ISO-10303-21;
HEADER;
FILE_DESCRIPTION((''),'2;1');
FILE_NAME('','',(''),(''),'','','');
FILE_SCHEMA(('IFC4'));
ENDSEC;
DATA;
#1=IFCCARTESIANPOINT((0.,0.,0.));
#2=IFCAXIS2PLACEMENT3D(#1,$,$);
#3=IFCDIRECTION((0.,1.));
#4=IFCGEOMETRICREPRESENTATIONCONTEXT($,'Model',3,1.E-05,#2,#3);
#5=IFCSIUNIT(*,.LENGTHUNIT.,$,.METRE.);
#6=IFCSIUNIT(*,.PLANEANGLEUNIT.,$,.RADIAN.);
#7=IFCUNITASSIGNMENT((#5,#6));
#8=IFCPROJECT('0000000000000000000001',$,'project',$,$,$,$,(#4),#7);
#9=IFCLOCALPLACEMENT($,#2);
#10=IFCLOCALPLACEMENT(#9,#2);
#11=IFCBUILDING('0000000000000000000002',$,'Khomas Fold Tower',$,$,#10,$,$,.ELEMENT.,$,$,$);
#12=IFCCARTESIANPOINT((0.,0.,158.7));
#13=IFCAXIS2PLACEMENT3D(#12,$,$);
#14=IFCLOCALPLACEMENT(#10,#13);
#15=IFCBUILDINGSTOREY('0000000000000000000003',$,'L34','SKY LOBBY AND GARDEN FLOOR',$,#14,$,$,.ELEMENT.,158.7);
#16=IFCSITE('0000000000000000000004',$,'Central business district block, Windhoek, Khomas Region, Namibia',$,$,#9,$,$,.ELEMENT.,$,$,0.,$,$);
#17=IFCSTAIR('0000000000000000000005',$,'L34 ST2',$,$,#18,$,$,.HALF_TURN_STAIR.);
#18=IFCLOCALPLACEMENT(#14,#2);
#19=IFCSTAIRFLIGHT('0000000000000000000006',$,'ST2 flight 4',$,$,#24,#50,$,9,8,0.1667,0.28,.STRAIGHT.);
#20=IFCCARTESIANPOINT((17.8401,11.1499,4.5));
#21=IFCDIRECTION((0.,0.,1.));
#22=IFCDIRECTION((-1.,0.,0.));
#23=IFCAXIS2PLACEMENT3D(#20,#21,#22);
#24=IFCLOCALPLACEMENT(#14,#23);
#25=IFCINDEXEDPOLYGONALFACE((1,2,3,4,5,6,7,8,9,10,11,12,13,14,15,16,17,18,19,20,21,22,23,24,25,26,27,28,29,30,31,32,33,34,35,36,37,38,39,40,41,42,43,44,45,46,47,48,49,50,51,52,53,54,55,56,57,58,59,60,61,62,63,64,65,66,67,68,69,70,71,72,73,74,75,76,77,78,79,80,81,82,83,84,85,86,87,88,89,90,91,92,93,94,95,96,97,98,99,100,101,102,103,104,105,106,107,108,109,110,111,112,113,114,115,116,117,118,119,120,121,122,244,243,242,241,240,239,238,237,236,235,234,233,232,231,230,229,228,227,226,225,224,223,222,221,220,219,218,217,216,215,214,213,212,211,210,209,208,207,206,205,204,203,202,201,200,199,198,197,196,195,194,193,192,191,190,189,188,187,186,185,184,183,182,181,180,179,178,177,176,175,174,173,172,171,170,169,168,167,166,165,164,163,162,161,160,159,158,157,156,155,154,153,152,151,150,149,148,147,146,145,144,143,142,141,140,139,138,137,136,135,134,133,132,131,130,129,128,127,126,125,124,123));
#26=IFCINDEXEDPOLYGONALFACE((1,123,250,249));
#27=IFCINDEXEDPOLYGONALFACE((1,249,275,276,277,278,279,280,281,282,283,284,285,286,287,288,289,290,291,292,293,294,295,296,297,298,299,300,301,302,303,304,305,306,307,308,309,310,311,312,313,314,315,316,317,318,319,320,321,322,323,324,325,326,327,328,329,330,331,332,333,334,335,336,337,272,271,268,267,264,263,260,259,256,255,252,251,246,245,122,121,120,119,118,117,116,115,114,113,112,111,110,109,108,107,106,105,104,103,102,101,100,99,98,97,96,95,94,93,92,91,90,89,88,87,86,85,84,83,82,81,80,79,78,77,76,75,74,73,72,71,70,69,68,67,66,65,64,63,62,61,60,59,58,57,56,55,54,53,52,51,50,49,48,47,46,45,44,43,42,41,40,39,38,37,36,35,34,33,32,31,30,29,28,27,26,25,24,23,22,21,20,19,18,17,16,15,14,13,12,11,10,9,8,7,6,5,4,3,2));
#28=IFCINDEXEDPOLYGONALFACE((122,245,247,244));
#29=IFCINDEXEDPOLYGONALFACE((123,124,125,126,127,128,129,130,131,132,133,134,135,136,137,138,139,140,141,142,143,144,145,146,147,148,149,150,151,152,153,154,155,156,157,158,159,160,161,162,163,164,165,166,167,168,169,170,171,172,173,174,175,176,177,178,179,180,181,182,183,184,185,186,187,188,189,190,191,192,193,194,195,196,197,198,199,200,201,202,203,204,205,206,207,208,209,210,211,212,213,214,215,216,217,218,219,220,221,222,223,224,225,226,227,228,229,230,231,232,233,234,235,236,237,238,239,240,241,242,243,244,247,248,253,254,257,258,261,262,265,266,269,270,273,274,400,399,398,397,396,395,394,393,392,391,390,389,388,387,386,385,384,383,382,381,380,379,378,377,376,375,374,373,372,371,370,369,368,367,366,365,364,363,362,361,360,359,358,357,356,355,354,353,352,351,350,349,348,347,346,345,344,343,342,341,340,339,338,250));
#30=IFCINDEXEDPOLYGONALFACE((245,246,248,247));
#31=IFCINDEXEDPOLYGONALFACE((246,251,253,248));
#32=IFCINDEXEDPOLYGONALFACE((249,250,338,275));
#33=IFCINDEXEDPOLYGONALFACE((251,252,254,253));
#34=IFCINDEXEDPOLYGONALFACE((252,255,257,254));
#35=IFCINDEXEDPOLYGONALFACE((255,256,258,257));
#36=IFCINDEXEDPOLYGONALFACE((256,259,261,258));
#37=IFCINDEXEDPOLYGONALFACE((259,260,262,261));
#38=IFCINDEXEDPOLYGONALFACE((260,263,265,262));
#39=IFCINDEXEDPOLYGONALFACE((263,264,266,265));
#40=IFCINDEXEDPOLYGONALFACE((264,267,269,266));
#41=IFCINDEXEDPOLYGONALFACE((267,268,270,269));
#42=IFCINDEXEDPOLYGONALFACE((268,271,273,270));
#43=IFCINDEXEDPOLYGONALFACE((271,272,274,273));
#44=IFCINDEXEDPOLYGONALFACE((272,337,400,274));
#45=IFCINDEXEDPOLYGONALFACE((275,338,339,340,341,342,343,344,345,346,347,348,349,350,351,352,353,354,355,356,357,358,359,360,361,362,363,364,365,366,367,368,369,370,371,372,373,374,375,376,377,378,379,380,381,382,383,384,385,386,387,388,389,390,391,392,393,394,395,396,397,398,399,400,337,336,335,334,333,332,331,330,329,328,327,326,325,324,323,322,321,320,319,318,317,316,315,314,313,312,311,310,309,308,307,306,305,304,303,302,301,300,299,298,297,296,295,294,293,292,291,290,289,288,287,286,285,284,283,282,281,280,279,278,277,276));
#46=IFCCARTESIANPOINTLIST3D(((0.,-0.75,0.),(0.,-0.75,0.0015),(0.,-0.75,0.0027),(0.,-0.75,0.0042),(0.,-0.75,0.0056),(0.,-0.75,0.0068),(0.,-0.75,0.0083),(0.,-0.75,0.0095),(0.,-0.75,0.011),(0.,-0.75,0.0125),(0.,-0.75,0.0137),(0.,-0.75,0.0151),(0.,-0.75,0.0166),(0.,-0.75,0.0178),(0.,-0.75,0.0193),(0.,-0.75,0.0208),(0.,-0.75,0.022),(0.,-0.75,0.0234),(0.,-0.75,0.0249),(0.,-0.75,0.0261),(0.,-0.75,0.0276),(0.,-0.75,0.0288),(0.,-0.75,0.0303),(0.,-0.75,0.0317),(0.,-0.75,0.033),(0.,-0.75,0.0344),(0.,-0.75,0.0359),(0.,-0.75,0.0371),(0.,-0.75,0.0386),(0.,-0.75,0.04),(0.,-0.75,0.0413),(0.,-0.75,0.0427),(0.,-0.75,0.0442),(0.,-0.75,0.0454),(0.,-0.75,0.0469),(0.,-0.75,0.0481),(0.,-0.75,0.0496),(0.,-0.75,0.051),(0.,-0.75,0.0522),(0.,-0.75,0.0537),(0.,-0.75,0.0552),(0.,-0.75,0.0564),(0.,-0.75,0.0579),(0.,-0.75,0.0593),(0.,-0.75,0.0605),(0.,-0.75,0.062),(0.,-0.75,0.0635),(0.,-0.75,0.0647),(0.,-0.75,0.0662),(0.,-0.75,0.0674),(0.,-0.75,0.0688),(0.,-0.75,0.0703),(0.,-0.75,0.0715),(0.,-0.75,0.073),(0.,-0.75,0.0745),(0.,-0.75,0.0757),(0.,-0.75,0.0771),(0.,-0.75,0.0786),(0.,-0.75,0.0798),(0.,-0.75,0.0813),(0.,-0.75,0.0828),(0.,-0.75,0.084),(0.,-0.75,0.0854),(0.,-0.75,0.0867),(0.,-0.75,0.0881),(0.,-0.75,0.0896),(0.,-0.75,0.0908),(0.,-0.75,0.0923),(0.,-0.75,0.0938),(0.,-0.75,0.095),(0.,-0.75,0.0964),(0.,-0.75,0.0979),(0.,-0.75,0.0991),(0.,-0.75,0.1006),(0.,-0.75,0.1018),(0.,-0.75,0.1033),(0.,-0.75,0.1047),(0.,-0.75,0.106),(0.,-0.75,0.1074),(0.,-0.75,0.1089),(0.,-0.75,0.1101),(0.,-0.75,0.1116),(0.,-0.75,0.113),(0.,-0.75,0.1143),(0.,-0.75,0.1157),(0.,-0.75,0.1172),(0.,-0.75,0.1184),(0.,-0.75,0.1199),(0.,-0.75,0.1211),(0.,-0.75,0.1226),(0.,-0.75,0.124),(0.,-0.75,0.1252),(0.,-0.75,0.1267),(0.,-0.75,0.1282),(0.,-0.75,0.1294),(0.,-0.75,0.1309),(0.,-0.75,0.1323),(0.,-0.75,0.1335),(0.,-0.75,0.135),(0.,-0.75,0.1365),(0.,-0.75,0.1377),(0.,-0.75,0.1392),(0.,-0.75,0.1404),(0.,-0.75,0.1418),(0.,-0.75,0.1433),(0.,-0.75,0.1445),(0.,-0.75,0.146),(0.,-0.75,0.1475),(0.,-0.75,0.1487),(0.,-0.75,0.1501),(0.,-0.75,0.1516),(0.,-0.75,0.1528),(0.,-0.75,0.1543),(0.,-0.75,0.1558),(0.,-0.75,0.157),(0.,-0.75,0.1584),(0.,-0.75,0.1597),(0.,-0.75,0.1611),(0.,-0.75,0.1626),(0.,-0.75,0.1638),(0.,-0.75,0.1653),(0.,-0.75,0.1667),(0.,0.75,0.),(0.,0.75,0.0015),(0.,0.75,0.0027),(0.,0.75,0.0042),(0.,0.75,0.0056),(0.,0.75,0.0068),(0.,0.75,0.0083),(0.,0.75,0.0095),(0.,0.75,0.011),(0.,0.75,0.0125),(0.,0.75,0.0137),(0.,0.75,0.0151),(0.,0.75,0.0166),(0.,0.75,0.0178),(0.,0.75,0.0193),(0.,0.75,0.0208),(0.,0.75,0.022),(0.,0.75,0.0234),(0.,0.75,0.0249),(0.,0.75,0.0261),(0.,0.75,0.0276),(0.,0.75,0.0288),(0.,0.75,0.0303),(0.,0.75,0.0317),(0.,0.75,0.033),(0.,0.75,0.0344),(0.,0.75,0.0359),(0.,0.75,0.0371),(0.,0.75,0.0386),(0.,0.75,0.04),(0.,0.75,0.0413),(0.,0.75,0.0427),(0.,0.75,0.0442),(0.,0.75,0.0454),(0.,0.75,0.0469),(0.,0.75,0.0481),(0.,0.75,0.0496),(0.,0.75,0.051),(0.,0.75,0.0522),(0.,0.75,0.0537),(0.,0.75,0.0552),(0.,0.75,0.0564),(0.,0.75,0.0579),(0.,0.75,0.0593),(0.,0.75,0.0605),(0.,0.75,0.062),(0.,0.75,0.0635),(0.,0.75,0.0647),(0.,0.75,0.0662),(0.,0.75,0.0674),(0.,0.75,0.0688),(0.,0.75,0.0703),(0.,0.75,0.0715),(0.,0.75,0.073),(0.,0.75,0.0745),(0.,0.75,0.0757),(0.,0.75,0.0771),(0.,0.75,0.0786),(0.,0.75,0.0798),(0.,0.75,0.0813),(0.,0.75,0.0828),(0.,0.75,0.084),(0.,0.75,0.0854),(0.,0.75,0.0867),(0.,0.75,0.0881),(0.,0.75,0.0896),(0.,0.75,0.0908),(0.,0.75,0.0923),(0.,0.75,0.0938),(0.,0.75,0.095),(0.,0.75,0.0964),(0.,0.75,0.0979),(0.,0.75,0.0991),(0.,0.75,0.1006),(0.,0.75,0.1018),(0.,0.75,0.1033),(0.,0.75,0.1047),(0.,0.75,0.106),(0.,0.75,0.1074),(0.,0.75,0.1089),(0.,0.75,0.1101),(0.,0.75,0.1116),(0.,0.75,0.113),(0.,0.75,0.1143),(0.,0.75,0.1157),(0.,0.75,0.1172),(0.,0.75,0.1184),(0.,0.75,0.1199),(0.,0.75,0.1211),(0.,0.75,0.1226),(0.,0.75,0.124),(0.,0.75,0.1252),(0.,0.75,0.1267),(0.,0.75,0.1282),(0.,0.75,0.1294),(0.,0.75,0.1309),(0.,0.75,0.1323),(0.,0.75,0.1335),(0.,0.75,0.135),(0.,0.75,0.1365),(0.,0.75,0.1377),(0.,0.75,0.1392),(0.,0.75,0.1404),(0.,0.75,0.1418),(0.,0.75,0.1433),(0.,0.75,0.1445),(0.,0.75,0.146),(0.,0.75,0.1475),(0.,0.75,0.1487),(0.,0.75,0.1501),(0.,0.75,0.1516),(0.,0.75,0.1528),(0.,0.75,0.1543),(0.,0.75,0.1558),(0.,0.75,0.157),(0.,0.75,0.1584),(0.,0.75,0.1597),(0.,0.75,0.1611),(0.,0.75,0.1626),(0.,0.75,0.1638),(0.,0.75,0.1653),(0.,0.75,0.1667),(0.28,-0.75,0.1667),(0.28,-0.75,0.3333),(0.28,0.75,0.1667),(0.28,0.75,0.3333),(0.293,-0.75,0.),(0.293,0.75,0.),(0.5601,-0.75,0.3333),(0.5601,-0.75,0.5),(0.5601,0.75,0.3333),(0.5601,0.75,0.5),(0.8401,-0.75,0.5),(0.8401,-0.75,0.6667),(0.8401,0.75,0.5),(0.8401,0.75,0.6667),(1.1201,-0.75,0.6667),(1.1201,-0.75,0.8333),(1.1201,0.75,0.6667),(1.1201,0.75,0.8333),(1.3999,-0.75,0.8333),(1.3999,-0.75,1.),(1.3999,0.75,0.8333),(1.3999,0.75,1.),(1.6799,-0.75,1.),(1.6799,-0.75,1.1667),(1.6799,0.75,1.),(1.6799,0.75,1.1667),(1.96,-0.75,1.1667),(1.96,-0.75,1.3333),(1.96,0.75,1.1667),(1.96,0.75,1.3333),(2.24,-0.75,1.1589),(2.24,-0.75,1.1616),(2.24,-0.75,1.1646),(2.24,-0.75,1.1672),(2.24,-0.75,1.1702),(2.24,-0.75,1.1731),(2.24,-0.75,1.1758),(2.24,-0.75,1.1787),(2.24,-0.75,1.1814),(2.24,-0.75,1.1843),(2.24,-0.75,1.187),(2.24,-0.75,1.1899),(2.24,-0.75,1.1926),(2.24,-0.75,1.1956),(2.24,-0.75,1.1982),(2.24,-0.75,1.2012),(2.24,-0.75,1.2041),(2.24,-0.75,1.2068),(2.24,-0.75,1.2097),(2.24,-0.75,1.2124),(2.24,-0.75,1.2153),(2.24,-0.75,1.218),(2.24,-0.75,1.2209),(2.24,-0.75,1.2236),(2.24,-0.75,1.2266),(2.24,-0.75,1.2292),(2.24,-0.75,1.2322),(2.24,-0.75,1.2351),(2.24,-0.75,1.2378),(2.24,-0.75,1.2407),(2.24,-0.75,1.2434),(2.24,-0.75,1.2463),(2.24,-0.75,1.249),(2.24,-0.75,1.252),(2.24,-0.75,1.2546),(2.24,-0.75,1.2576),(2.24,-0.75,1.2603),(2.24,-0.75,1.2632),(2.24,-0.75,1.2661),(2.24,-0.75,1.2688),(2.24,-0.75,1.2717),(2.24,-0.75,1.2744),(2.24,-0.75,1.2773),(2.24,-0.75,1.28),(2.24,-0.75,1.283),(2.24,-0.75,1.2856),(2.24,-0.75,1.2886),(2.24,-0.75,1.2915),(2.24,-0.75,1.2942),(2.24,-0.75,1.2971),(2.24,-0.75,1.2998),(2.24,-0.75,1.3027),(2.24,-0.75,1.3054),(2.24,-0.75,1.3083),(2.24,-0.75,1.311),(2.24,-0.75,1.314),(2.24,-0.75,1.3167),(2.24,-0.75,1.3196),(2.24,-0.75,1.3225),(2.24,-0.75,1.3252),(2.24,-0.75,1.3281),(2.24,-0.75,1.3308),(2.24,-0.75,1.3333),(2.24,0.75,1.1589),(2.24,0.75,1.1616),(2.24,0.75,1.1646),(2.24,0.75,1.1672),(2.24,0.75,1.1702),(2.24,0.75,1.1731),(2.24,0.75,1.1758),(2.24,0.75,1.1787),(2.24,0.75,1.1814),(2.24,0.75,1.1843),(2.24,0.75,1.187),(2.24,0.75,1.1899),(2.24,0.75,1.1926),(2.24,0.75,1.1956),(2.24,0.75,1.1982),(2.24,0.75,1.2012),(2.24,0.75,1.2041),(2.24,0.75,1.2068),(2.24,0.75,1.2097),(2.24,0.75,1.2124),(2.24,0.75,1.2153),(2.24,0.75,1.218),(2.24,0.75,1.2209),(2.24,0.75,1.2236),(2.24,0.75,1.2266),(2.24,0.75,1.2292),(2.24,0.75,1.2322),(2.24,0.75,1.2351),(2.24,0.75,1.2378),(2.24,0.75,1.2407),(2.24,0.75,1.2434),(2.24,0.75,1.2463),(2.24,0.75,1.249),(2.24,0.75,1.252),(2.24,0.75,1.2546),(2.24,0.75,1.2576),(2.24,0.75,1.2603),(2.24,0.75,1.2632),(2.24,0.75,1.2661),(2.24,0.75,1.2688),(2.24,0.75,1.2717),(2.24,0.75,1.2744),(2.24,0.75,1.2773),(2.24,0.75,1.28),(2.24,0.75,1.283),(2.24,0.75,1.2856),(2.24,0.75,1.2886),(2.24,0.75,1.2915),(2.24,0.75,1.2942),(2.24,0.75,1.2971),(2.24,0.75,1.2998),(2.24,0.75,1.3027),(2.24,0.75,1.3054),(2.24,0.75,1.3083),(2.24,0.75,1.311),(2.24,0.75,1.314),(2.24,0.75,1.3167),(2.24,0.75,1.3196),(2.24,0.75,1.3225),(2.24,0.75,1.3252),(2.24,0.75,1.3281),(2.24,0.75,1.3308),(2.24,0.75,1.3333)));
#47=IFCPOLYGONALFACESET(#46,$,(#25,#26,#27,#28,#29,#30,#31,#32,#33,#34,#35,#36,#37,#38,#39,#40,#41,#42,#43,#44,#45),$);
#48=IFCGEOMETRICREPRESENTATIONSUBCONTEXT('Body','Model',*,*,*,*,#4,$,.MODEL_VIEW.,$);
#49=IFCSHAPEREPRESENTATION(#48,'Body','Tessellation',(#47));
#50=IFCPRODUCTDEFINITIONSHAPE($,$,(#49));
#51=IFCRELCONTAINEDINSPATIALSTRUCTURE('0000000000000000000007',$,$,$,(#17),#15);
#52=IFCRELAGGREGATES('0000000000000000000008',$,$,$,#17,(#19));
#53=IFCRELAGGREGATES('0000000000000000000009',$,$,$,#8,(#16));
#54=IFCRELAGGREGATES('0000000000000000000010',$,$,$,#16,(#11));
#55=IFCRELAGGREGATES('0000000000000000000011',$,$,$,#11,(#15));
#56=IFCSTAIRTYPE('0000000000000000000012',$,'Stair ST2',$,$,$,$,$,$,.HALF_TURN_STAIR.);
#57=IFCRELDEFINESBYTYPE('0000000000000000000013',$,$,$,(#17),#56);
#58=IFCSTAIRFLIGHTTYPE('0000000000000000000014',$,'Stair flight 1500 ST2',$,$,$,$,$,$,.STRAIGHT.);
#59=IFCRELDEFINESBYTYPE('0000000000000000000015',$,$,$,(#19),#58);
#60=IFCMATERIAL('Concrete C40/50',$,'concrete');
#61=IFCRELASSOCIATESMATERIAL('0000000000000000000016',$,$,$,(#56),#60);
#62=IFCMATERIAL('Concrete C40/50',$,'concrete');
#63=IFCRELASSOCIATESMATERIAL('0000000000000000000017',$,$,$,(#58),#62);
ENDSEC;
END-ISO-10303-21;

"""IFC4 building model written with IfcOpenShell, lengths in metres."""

from ifc_helpers import new_model, si_unit, direction, frame, origin, place, context, subcontext, project, spatial, polyline, outline, extrude, source, transform, mapped, material, type_object, element, aggregate, save


model = new_model("IFC4")

# Units and contexts
model_context = context("Model", 3, precision=1e-05, world=origin(), true_north=direction((0.0, 1.0)))
body_context = subcontext(model_context, "Body", "Model", "MODEL_VIEW")
ifc_project = project(units=[si_unit("LENGTHUNIT", "METRE"), si_unit("PLANEANGLEUNIT", "RADIAN")], contexts=[model_context])

# Site, building, storey
site_placement = place(None, origin())
site = spatial("IfcSite", under=ifc_project, at=site_placement, Name="Central business district block, Windhoek, Khomas Region, Namibia", CompositionType="ELEMENT", RefElevation=0.0)
building_placement = place(site_placement, origin())
building = spatial("IfcBuilding", under=site, at=building_placement, Name="Khomas Fold Tower", CompositionType="ELEMENT")
storey_placement = place(building_placement, frame((0.0, 0.0, 158.7)))
storey = spatial("IfcBuildingStorey", under=building, at=storey_placement, Name="L34", Description="SKY LOBBY AND GARDEN FLOOR", CompositionType="ELEMENT", Elevation=158.7)

# Stair, stair flight
ifc_material_1 = material(Name="Concrete C40/50", Category="concrete")
stair_type = type_object("IfcStairType", Name="Stair ST2", PredefinedType="HALF_TURN_STAIR", material=ifc_material_1)
stair_placement = place(storey_placement, origin())
stair = element("IfcStair", 1, at=stair_placement, inside=storey, type_object=stair_type, Name="L34 ST2", PredefinedType="HALF_TURN_STAIR")
ifc_material_2 = material(Name="Concrete C40/50", Category="concrete")
stair_flight_type = type_object("IfcStairFlightType", Name="Stair flight 1500 ST2", PredefinedType="STRAIGHT", material=ifc_material_2)
shared_shape_1 = source(origin(), body_context, "Body", "SweptSolid", [
    extrude(outline(polyline([(0.0, 0.0), (0.0, 0.0015), (0.0, 0.0027), (0.0, 0.0042), (0.0, 0.0056), (0.0, 0.0068), (0.0, 0.0083), (0.0, 0.0095), (0.0, 0.011), (0.0, 0.0125), (0.0, 0.0137), (0.0, 0.0151), (0.0, 0.0166), (0.0, 0.0178), (0.0, 0.0193), (0.0, 0.0208), (0.0, 0.022), (0.0, 0.0234), (0.0, 0.0249), (0.0, 0.0261), (0.0, 0.0276), (0.0, 0.0288), (0.0, 0.0303), (0.0, 0.0317), (0.0, 0.033), (0.0, 0.0344), (0.0, 0.0359), (0.0, 0.0371), (0.0, 0.0386), (0.0, 0.04), (0.0, 0.0413), (0.0, 0.0427), (0.0, 0.0442), (0.0, 0.0454), (0.0, 0.0469), (0.0, 0.0481), (0.0, 0.0496), (0.0, 0.051), (0.0, 0.0522), (0.0, 0.0537), (0.0, 0.0552), (0.0, 0.0564), (0.0, 0.0579), (0.0, 0.0593), (0.0, 0.0605), (0.0, 0.062), (0.0, 0.0635), (0.0, 0.0647), (0.0, 0.0662), (0.0, 0.0674), (0.0, 0.0688), (0.0, 0.0703), (0.0, 0.0715), (0.0, 0.073), (0.0, 0.0745), (0.0, 0.0757), (0.0, 0.0771), (0.0, 0.0786), (0.0, 0.0798), (0.0, 0.0813), (0.0, 0.0828), (0.0, 0.084), (0.0, 0.0854), (0.0, 0.0867), (0.0, 0.0881), (0.0, 0.0896), (0.0, 0.0908), (0.0, 0.0923), (0.0, 0.0938), (0.0, 0.095), (0.0, 0.0964), (0.0, 0.0979), (0.0, 0.0991), (0.0, 0.1006), (0.0, 0.1018), (0.0, 0.1033), (0.0, 0.1047), (0.0, 0.106), (0.0, 0.1074), (0.0, 0.1089), (0.0, 0.1101), (0.0, 0.1116), (0.0, 0.113), (0.0, 0.1143), (0.0, 0.1157), (0.0, 0.1172), (0.0, 0.1184), (0.0, 0.1199), (0.0, 0.1211), (0.0, 0.1226), (0.0, 0.124), (0.0, 0.1252), (0.0, 0.1267), (0.0, 0.1282), (0.0, 0.1294), (0.0, 0.1309), (0.0, 0.1323), (0.0, 0.1335), (0.0, 0.135), (0.0, 0.1365), (0.0, 0.1377), (0.0, 0.1392), (0.0, 0.1404), (0.0, 0.1418), (0.0, 0.1433), (0.0, 0.1445), (0.0, 0.146), (0.0, 0.1475), (0.0, 0.1487), (0.0, 0.1501), (0.0, 0.1516), (0.0, 0.1528), (0.0, 0.1543), (0.0, 0.1558), (0.0, 0.157), (0.0, 0.1584), (0.0, 0.1597), (0.0, 0.1611), (0.0, 0.1626), (0.0, 0.1638), (0.0, 0.1653), (0.0, 0.1667), (0.28, 0.1667), (0.28, 0.3333), (0.5601, 0.3333), (0.5601, 0.5), (0.8401, 0.5), (0.8401, 0.6667), (1.1201, 0.6667), (1.1201, 0.8333), (1.3999, 0.8333), (1.3999, 1.0), (1.6799, 1.0), (1.6799, 1.1667), (1.96, 1.1667), (1.96, 1.3333), (2.24, 1.3333), (2.24, 1.5), (2.24, 1.4971), (2.24, 1.4944), (2.24, 1.4915), (2.24, 1.4888), (2.24, 1.4858), (2.24, 1.4832), (2.24, 1.4802), (2.24, 1.4775), (2.24, 1.4746), (2.24, 1.4719), (2.24, 1.469), (2.24, 1.4661), (2.24, 1.4634), (2.24, 1.4604), (2.24, 1.4578), (2.24, 1.4548), (2.24, 1.4521), (2.24, 1.4492), (2.24, 1.4465), (2.24, 1.4436), (2.24, 1.4409), (2.24, 1.438), (2.24, 1.4351), (2.24, 1.4324), (2.24, 1.4294), (2.24, 1.4268), (2.24, 1.4238), (2.24, 1.4211), (2.24, 1.4182), (2.24, 1.4155), (2.24, 1.4126), (2.24, 1.4097), (2.24, 1.407), (2.24, 1.4041), (2.24, 1.4014), (2.24, 1.3984), (2.24, 1.3958), (2.24, 1.3928), (2.24, 1.3901), (2.24, 1.3872), (2.24, 1.3845), (2.24, 1.3816), (2.24, 1.3787), (2.24, 1.376), (2.24, 1.373), (2.24, 1.3704), (2.24, 1.3674), (2.24, 1.3647), (2.24, 1.3618), (2.24, 1.3591), (2.24, 1.3562), (2.24, 1.3535), (2.24, 1.3506), (2.24, 1.3477), (2.24, 1.345), (2.24, 1.342), (2.24, 1.3394), (2.24, 1.3364), (2.24, 1.3337), (2.24, 1.3308), (2.24, 1.3281), (2.24, 1.3252), (2.24, 1.3225), (2.24, 1.3196), (2.24, 1.3167), (2.24, 1.314), (2.24, 1.311), (2.24, 1.3083), (2.24, 1.3054), (2.24, 1.3027), (2.24, 1.2998), (2.24, 1.2971), (2.24, 1.2942), (2.24, 1.2915), (2.24, 1.2886), (2.24, 1.2856), (2.24, 1.283), (2.24, 1.28), (2.24, 1.2773), (2.24, 1.2744), (2.24, 1.2717), (2.24, 1.2688), (2.24, 1.2661), (2.24, 1.2632), (2.24, 1.2603), (2.24, 1.2576), (2.24, 1.2546), (2.24, 1.252), (2.24, 1.249), (2.24, 1.2463), (2.24, 1.2434), (2.24, 1.2407), (2.24, 1.2378), (2.24, 1.2351), (2.24, 1.2322), (2.24, 1.2292), (2.24, 1.2266), (2.24, 1.2236), (2.24, 1.2209), (2.24, 1.218), (2.24, 1.2153), (2.24, 1.2124), (2.24, 1.2097), (2.24, 1.2068), (2.24, 1.2041), (2.24, 1.2012), (2.24, 1.1982), (2.24, 1.1956), (2.24, 1.1926), (2.24, 1.1899), (2.24, 1.187), (2.24, 1.1843), (2.24, 1.1814), (2.24, 1.1787), (2.24, 1.1758), (2.24, 1.1731), (2.24, 1.1702), (2.24, 1.1672), (2.24, 1.1646), (2.24, 1.1616), (2.24, 1.1589), (0.293, 0.0), (0.0, 0.0)])), frame((0.0, 0.75, 0.0), z_axis=(0.0, -1.0, 0.0), x_axis=(1.0, 0.0, 0.0)), (0.0, 0.0, 1.0), 1.5),
])
stair_flight_1_placement = place(storey_placement, frame((17.8401, 11.1499, 4.5), z_axis=(0.0, 0.0, 1.0), x_axis=(-1.0, 0.0, 0.0)))
stair_flight_1 = element("IfcStairFlight", 2, at=stair_flight_1_placement, type_object=stair_flight_type, Name="ST2 flight 4", NumberOfRisers=9, NumberOfTreads=8, PredefinedType="STRAIGHT", RiserHeight=0.1667, TreadLength=0.28, context=body_context, shape_type="MappedRepresentation", body=[
    mapped(shared_shape_1, transform((0.0, 0.0, 0.0))),
])
aggregate(stair, [stair_flight_1])

save(model, "model.ifc")
